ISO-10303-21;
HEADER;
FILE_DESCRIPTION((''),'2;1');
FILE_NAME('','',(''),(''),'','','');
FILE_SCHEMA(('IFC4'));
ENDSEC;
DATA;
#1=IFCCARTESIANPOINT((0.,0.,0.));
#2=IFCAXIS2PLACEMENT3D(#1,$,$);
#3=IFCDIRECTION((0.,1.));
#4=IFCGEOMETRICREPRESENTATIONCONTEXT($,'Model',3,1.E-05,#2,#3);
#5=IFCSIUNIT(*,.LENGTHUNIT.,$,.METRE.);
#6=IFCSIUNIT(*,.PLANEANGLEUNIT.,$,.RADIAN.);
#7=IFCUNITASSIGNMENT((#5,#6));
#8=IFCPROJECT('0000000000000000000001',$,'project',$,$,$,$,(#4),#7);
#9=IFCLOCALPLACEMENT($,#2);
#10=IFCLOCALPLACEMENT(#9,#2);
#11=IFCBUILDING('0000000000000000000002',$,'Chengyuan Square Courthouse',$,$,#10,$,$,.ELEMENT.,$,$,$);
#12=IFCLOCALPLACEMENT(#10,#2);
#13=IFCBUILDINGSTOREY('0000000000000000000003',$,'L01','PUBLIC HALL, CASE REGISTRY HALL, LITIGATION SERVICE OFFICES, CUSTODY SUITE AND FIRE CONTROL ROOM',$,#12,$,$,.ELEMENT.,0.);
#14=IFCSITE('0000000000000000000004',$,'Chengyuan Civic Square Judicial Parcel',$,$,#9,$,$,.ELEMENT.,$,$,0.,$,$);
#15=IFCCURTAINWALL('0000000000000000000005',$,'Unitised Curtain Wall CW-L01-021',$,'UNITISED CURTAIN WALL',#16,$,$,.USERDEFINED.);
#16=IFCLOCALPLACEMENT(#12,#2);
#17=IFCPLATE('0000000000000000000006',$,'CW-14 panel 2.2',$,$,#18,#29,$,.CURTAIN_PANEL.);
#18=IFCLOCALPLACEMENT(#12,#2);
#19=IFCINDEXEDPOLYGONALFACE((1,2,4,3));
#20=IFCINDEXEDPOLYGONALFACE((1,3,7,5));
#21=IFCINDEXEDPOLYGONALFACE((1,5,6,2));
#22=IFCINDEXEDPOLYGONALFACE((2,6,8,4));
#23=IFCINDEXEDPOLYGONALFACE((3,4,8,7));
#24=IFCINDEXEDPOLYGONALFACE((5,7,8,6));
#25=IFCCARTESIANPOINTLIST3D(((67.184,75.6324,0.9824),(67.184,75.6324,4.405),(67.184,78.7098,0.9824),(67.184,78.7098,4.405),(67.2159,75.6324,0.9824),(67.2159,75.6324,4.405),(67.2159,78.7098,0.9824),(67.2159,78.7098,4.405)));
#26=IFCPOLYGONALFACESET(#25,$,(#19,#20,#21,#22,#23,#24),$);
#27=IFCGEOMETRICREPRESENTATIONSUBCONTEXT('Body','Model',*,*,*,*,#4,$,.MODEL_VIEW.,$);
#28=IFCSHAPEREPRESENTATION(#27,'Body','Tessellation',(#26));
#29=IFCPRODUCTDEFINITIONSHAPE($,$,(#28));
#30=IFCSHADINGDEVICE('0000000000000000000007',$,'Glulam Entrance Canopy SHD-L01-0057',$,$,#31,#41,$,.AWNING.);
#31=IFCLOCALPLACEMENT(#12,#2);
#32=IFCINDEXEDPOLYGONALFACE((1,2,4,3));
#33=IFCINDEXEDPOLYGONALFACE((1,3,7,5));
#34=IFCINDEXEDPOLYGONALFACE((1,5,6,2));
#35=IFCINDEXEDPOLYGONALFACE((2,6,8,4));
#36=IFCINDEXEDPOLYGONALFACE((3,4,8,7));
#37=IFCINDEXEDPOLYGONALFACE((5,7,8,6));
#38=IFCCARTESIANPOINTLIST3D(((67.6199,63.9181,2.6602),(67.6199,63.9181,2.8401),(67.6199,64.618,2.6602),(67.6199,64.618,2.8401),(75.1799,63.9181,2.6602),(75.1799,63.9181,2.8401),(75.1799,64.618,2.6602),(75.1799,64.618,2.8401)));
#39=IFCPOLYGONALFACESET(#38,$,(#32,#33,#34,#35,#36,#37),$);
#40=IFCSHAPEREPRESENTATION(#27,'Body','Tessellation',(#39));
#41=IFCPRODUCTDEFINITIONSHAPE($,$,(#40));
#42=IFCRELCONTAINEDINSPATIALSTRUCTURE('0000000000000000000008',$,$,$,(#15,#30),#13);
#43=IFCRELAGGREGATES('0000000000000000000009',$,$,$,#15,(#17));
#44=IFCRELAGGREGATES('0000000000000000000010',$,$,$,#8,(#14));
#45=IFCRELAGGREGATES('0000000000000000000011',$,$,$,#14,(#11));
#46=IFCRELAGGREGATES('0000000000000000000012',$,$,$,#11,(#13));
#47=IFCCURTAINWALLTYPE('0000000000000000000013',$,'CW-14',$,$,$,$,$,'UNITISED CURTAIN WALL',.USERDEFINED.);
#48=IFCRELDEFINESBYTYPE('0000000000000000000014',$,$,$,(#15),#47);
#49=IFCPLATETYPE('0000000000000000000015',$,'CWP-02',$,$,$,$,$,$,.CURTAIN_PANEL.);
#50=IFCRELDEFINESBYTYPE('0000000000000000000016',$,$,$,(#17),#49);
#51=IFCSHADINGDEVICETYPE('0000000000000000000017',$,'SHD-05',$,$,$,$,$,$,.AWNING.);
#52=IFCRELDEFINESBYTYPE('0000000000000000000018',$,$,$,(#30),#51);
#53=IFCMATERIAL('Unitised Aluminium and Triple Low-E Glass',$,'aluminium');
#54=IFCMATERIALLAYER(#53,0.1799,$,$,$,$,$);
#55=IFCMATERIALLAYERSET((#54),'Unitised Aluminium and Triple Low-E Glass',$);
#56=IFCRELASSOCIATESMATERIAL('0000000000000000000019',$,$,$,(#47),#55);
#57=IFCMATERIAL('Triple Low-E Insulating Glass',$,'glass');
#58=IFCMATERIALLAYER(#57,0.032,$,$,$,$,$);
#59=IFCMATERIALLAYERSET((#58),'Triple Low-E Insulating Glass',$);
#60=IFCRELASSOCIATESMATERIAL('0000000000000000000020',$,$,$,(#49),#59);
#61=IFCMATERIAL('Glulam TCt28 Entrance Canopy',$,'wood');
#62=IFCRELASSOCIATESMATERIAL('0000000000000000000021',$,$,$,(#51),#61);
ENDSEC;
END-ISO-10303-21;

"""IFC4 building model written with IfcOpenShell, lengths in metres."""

from ifc_helpers import new_model, si_unit, direction, frame, origin, origin_2d, place, context, subcontext, project, spatial, rectangle, extrude, material, layer, layer_set, type_object, element, aggregate, save


model = new_model("IFC4")

# Units and contexts
model_context = context("Model", 3, precision=1e-05, world=origin(), true_north=direction((0.0, 1.0)))
body_context = subcontext(model_context, "Body", "Model", "MODEL_VIEW")
ifc_project = project(units=[si_unit("LENGTHUNIT", "METRE"), si_unit("PLANEANGLEUNIT", "RADIAN")], contexts=[model_context])

# Site, building, storey
site_placement = place(None, origin())
site = spatial("IfcSite", under=ifc_project, at=site_placement, Name="Chengyuan Civic Square Judicial Parcel", CompositionType="ELEMENT", RefElevation=0.0)
building_placement = place(site_placement, origin())
building = spatial("IfcBuilding", under=site, at=building_placement, Name="Chengyuan Square Courthouse", CompositionType="ELEMENT")
storey_placement = place(building_placement, origin())
storey = spatial("IfcBuildingStorey", under=building, at=storey_placement, Name="L01", Description="PUBLIC HALL, CASE REGISTRY HALL, LITIGATION SERVICE OFFICES, CUSTODY SUITE AND FIRE CONTROL ROOM", CompositionType="ELEMENT", Elevation=0.0)

# Curtain wall
ifc_material_1 = material(Name="Unitised Aluminium and Triple Low-E Glass", Category="aluminium")
ifc_layer_1 = layer(ifc_material_1, 0.1799)
ifc_layer_set_1 = layer_set([ifc_layer_1], Name="Unitised Aluminium and Triple Low-E Glass")
curtain_wall_type = type_object("IfcCurtainWallType", Name="CW-14", ElementType="UNITISED CURTAIN WALL", PredefinedType="USERDEFINED", material=ifc_layer_set_1)
curtain_wall_1_placement = place(storey_placement, origin())
curtain_wall_1 = element("IfcCurtainWall", 1, at=curtain_wall_1_placement, inside=storey, type_object=curtain_wall_type, Name="Unitised Curtain Wall CW-L01-021", ObjectType="UNITISED CURTAIN WALL", PredefinedType="USERDEFINED")

# Plate
ifc_material_2 = material(Name="Triple Low-E Insulating Glass", Category="glass")
ifc_layer_2 = layer(ifc_material_2, 0.032)
ifc_layer_set_2 = layer_set([ifc_layer_2], Name="Triple Low-E Insulating Glass")
plate_type = type_object("IfcPlateType", Name="CWP-02", PredefinedType="CURTAIN_PANEL", material=ifc_layer_set_2)
plate_1_placement = place(storey_placement, frame((67.2, 77.1711, 0.9824), z_axis=(0.0, 0.0, 1.0), x_axis=(0.0, 1.0, 0.0)))
plate_1 = element("IfcPlate", 2, at=plate_1_placement, type_object=plate_type, Name="CW-14 panel 2.2", PredefinedType="CURTAIN_PANEL", context=body_context, shape_type="SweptSolid", body=[
    extrude(rectangle(XDim=3.0774, YDim=0.032, at=origin_2d()), origin(), (0.0, 0.0, 1.0), 3.4226),
])
aggregate(curtain_wall_1, [plate_1])

# Shading device
ifc_material_3 = material(Name="Glulam TCt28 Entrance Canopy", Category="wood")
shading_device_type = type_object("IfcShadingDeviceType", Name="SHD-05", PredefinedType="AWNING", material=ifc_material_3)
shading_device_placement = place(storey_placement, frame((71.3999, 64.2681, 2.6602), z_axis=(0.0, 0.0, 1.0), x_axis=(1.0, 0.0, 0.0)))
element("IfcShadingDevice", 3, at=shading_device_placement, inside=storey, type_object=shading_device_type, Name="Glulam Entrance Canopy SHD-L01-0057", PredefinedType="AWNING", context=body_context, shape_type="SweptSolid", body=[
    extrude(rectangle(XDim=7.5601, YDim=0.7, at=origin_2d()), origin(), (0.0, 0.0, 1.0), 0.1799),
])

save(model, "model.ifc")
